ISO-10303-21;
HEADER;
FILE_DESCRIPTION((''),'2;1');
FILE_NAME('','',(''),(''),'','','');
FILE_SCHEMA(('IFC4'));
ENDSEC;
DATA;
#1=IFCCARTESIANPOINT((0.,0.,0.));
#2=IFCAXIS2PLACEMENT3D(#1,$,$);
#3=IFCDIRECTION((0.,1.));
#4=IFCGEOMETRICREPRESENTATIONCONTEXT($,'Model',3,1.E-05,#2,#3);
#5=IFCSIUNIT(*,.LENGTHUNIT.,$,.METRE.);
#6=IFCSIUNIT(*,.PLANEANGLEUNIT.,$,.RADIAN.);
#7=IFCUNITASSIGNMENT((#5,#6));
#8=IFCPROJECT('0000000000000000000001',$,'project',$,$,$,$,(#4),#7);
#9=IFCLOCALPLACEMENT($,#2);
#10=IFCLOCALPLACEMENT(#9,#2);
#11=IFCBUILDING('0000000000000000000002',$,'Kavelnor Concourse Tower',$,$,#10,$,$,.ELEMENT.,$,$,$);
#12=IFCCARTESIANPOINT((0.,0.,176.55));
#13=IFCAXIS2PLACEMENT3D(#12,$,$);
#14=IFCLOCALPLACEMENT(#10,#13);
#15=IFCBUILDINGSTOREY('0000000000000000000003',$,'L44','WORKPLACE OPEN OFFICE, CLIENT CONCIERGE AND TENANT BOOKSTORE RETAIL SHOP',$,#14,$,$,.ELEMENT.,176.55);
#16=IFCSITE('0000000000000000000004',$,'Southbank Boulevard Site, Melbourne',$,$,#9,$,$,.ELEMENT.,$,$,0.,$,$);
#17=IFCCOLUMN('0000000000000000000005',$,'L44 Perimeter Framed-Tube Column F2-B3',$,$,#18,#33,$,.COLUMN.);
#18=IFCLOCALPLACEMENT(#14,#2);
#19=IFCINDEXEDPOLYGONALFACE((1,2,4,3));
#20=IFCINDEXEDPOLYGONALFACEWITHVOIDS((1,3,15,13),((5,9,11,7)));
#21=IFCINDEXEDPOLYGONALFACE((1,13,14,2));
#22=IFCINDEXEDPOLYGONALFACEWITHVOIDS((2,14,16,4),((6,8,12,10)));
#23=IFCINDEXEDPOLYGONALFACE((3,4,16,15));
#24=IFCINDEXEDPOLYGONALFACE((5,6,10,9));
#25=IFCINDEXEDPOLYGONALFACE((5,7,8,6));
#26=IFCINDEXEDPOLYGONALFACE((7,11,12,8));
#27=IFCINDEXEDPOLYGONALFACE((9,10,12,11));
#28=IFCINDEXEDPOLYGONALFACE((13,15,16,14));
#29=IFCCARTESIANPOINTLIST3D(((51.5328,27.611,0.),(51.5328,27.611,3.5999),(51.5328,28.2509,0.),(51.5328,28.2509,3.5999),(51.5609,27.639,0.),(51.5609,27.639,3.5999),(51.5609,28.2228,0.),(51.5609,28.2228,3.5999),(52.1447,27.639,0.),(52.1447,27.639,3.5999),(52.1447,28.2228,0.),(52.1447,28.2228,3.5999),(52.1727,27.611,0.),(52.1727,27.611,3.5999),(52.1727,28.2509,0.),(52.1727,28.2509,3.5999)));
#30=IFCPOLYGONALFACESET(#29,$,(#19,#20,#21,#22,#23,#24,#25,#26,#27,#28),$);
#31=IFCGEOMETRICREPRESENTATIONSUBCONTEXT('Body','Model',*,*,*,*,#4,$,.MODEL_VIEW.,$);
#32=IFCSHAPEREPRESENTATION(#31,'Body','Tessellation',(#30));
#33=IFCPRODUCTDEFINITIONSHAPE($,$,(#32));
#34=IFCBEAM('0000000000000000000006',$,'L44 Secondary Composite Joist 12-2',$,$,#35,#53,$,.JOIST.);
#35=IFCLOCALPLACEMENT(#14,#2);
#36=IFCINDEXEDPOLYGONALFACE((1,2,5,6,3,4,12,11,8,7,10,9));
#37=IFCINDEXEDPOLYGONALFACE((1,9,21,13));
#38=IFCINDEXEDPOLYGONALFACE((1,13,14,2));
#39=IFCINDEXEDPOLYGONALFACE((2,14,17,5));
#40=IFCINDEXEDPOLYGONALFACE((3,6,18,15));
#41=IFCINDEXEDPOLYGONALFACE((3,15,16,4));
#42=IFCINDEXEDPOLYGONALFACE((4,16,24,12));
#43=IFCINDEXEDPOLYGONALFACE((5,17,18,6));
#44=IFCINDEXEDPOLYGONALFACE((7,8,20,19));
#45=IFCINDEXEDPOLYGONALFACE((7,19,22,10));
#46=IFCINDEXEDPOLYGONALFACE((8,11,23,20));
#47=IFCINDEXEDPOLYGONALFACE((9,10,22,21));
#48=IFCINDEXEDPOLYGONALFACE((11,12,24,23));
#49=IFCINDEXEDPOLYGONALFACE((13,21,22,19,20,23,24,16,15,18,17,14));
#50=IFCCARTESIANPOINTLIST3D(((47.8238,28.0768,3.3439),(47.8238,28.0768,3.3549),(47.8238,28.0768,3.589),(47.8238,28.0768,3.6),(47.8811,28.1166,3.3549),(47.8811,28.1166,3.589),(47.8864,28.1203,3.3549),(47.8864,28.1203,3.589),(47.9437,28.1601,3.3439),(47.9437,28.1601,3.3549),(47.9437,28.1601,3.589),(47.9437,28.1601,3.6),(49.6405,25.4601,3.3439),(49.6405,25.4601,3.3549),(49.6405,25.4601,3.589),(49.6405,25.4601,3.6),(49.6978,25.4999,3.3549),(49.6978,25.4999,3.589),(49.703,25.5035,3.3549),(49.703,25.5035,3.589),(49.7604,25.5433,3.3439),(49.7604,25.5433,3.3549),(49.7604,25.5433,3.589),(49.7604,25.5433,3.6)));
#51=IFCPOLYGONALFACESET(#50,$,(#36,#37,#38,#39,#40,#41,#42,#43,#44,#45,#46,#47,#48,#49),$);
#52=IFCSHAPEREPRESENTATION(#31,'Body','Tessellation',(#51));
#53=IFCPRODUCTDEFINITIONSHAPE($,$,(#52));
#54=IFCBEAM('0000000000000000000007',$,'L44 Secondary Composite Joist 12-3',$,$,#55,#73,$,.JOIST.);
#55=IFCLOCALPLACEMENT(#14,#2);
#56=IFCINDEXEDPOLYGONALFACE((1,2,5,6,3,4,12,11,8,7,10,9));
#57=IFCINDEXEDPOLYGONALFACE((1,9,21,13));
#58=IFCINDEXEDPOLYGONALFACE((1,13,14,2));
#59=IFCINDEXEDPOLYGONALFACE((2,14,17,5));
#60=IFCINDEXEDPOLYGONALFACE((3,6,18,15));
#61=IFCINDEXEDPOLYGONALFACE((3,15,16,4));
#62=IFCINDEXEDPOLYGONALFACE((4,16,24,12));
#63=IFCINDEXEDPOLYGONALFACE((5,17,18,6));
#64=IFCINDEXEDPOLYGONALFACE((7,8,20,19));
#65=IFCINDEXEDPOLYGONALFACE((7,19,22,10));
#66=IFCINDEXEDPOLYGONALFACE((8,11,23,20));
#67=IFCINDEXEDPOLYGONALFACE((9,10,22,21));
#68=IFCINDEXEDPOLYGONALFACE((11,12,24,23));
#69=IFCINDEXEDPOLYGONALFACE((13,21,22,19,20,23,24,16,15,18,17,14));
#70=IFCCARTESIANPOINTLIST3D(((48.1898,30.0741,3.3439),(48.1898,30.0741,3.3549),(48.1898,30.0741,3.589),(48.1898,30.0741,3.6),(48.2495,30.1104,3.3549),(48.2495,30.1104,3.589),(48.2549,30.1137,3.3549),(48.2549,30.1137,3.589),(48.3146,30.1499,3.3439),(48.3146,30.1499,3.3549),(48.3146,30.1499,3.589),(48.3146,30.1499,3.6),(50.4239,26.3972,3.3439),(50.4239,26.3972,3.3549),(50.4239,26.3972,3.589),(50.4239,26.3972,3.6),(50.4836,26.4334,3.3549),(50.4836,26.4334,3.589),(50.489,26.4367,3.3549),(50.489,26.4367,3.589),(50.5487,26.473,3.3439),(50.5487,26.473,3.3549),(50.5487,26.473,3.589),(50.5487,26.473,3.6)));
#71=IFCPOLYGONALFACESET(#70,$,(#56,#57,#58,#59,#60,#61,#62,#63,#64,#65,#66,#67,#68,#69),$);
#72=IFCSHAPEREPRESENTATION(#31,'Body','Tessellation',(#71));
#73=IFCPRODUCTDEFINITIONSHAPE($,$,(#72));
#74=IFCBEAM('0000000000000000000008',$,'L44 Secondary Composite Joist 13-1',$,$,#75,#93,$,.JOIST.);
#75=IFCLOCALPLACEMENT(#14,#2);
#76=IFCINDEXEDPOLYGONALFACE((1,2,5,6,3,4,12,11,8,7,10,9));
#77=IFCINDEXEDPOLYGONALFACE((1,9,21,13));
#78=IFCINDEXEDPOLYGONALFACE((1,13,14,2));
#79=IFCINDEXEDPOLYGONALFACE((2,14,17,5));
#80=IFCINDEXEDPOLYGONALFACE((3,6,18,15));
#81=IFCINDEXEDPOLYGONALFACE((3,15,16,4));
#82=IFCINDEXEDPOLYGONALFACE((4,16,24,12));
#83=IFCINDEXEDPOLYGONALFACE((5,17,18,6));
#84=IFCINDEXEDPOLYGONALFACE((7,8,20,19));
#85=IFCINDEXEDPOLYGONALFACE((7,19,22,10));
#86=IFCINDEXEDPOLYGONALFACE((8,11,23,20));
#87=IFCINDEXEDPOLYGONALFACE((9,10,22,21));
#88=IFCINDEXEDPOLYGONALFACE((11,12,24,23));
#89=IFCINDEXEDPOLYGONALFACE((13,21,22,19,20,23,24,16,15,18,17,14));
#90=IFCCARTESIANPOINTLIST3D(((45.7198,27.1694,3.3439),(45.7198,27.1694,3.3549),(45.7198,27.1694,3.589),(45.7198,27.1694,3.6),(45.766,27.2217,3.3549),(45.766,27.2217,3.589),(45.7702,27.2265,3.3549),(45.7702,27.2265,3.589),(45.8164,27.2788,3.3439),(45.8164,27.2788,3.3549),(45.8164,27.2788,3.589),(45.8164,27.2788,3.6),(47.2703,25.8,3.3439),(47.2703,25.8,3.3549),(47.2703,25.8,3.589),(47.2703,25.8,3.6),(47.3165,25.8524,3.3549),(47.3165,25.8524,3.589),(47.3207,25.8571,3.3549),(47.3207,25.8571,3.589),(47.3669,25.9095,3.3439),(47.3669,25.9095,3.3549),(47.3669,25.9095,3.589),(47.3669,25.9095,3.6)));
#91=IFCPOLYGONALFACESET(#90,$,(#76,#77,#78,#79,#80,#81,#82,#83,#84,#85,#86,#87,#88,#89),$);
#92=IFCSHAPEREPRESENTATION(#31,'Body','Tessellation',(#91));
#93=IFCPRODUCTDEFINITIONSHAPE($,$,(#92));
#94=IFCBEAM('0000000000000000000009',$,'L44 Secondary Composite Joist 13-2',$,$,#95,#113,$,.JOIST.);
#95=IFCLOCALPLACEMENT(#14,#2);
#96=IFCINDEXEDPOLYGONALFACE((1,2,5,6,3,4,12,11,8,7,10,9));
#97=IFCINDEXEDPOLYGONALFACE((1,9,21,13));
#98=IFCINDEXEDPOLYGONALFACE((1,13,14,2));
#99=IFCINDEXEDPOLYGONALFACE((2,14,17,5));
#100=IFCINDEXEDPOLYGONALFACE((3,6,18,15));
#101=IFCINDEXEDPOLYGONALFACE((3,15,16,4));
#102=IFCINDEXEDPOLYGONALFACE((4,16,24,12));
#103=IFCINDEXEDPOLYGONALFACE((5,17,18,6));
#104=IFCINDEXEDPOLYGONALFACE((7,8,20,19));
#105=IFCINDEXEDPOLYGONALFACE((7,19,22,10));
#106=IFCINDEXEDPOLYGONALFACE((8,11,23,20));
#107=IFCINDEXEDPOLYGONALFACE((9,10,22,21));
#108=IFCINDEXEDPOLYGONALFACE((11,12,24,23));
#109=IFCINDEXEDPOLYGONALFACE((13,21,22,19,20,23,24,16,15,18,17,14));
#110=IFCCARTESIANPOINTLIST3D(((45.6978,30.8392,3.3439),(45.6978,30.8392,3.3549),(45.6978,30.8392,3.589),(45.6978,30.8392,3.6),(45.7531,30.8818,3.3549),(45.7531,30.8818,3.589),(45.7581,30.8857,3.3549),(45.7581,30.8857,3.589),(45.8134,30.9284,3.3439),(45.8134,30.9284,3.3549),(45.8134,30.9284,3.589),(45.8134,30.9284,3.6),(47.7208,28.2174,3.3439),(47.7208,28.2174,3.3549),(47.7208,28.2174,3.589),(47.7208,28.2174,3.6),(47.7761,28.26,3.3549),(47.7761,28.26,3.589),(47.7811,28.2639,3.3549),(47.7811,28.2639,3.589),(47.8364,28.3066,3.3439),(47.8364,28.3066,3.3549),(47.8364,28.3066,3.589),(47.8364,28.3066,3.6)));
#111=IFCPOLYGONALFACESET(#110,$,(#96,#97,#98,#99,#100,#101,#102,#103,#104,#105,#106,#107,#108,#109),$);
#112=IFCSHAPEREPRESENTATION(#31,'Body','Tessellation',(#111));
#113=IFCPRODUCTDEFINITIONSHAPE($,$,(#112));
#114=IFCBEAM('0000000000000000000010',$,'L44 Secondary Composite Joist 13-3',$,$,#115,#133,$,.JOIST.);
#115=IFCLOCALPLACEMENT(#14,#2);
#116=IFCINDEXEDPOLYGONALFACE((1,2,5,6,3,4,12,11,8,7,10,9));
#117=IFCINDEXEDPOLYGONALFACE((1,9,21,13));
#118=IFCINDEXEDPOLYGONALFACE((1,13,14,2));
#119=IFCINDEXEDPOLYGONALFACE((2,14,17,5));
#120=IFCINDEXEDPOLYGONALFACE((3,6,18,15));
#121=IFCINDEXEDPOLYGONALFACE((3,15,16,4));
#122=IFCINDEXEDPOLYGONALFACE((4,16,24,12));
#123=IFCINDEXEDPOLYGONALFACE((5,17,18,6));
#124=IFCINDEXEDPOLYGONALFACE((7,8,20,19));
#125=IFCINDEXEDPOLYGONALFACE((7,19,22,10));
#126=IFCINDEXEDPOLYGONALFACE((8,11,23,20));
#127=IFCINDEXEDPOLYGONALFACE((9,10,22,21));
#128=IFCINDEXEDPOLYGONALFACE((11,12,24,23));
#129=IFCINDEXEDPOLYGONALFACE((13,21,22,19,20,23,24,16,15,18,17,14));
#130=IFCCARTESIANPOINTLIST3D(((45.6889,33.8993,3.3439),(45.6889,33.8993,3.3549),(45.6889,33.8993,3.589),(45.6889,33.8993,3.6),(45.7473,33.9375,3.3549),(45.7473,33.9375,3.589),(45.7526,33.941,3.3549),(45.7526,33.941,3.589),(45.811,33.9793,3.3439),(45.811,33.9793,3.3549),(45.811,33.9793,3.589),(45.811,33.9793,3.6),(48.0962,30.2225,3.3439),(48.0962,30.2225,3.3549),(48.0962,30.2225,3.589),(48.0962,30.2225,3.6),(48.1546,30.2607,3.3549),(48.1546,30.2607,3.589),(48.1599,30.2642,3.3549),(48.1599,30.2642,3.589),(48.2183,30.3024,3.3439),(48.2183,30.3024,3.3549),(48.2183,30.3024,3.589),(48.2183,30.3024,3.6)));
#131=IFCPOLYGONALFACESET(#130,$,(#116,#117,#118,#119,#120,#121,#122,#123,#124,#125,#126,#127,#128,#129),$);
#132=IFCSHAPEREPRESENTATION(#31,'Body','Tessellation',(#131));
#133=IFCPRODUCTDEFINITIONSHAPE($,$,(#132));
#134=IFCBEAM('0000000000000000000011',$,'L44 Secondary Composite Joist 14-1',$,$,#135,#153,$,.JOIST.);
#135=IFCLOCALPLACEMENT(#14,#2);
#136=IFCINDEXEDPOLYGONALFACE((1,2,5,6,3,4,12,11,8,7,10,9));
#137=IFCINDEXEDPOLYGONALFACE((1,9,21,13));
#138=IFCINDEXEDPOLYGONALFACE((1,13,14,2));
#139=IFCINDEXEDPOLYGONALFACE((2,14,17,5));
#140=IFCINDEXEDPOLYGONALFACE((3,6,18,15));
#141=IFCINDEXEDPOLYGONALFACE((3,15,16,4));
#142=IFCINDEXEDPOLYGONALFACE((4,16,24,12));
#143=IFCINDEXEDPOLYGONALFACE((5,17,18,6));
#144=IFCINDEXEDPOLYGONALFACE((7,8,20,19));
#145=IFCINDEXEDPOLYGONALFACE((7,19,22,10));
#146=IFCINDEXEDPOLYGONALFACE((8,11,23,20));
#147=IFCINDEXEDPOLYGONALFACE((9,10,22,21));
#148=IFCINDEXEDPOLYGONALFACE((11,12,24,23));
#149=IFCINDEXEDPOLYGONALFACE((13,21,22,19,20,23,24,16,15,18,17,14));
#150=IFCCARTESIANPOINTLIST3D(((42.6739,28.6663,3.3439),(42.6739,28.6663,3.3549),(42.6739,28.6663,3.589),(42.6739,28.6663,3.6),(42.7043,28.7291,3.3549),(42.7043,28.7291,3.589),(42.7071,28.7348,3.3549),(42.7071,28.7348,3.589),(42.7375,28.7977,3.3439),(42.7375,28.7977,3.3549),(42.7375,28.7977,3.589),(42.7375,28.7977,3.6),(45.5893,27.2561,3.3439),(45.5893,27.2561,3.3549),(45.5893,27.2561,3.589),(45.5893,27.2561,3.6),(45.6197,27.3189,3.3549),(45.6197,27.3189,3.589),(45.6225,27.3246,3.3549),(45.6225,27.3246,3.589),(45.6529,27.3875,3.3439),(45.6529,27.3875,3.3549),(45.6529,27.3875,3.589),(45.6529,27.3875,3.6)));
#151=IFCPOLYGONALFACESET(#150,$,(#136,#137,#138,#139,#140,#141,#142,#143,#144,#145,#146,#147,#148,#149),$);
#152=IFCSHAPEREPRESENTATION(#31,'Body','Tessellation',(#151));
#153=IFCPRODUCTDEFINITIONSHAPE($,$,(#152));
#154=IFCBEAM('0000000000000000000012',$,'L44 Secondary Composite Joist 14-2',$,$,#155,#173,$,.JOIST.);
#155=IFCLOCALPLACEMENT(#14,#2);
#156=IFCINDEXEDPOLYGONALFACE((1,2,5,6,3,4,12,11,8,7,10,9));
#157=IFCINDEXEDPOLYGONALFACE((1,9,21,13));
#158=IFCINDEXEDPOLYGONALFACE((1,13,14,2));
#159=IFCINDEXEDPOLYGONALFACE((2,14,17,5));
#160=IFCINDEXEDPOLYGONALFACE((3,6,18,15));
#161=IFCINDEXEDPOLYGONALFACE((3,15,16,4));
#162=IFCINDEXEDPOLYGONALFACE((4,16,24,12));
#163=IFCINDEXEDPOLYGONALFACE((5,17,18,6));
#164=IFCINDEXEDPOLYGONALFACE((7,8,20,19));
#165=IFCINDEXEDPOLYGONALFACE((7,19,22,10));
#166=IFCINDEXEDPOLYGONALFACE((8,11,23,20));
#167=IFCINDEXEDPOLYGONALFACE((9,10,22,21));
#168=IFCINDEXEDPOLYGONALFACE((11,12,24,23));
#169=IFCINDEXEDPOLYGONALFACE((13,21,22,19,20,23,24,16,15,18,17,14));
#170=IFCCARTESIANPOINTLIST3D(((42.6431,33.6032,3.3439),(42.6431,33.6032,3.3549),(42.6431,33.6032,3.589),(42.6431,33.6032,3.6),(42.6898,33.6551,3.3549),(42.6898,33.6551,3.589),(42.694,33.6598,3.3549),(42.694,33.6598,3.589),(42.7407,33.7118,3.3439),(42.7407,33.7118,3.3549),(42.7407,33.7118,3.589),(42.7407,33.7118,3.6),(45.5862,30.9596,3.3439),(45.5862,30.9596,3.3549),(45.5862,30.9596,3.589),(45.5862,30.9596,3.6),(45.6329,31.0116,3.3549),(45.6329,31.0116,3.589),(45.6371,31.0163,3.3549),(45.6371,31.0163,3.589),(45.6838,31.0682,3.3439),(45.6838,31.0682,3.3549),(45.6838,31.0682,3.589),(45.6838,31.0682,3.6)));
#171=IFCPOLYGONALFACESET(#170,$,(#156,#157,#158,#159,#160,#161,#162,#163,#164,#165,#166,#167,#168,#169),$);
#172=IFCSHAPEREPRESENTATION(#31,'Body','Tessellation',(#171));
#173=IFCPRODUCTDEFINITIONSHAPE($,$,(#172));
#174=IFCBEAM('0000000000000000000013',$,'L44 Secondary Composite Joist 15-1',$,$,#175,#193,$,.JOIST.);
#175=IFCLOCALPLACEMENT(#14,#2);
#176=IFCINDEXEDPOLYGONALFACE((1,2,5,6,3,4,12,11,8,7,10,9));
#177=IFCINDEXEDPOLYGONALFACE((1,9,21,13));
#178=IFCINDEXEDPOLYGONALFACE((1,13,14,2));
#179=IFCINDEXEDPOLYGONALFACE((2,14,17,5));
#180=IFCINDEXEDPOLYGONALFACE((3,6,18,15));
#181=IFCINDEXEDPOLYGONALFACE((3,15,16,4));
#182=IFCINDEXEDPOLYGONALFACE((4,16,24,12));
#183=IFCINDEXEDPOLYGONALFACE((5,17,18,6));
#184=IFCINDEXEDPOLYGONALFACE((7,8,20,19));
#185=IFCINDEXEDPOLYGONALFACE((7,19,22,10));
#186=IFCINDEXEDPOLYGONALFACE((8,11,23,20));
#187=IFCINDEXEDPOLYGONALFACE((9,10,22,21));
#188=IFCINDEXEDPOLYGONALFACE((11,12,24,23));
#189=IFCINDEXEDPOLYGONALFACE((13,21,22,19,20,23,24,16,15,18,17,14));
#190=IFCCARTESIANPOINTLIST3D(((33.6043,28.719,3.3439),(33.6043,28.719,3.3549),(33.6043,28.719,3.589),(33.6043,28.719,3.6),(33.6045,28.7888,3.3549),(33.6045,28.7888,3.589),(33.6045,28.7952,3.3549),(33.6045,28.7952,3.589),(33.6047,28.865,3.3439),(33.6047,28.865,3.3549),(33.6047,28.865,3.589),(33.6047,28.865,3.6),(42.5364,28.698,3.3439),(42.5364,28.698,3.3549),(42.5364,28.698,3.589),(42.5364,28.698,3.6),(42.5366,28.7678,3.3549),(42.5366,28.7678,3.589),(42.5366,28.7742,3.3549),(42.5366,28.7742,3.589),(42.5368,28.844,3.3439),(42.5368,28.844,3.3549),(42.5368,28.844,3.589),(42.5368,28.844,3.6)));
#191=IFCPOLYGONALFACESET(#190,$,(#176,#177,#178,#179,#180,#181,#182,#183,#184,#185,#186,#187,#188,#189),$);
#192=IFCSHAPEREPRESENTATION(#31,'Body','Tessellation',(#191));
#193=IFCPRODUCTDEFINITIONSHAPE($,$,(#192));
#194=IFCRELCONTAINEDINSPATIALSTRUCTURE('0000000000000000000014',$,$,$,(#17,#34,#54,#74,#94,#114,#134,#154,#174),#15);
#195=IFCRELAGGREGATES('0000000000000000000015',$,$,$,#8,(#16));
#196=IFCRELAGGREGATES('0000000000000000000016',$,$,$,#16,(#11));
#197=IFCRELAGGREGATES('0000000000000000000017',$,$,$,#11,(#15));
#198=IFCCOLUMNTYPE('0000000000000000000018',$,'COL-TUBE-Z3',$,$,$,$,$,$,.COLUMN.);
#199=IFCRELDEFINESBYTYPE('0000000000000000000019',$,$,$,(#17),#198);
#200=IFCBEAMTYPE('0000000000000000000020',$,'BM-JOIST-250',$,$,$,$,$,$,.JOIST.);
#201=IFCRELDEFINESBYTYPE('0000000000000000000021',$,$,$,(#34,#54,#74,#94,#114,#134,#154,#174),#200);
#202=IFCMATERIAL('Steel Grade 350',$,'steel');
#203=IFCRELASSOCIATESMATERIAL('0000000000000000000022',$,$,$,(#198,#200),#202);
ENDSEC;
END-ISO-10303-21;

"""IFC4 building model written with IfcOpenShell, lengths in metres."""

from ifc_helpers import new_model, si_unit, direction, frame, origin, origin_2d, place, context, subcontext, project, spatial, hollow_rectangle, i_section, extrude, material, material_profile, profile_set, type_object, element, save


model = new_model("IFC4")

# Units and contexts
model_context = context("Model", 3, precision=1e-05, world=origin(), true_north=direction((0.0, 1.0)))
body_context = subcontext(model_context, "Body", "Model", "MODEL_VIEW")
ifc_project = project(units=[si_unit("LENGTHUNIT", "METRE"), si_unit("PLANEANGLEUNIT", "RADIAN")], contexts=[model_context])

# Site, building, storey
site_placement = place(None, origin())
site = spatial("IfcSite", under=ifc_project, at=site_placement, Name="Southbank Boulevard Site, Melbourne", CompositionType="ELEMENT", RefElevation=0.0)
building_placement = place(site_placement, origin())
building = spatial("IfcBuilding", under=site, at=building_placement, Name="Kavelnor Concourse Tower", CompositionType="ELEMENT")
storey_placement = place(building_placement, frame((0.0, 0.0, 176.55)))
storey = spatial("IfcBuildingStorey", under=building, at=storey_placement, Name="L44", Description="WORKPLACE OPEN OFFICE, CLIENT CONCIERGE AND TENANT BOOKSTORE RETAIL SHOP", CompositionType="ELEMENT", Elevation=176.55)

# Column
ifc_material_1 = material(Name="Steel Grade 350", Category="steel")
ifc_material_profile_1 = material_profile(ifc_material_1, hollow_rectangle(XDim=0.6399, YDim=0.6399, WallThickness=0.0281, at=origin_2d()), Name="SHS 640x640x28")
ifc_profile_set_1 = profile_set([ifc_material_profile_1], Name="Steel Grade 350")
column_type = type_object("IfcColumnType", Name="COL-TUBE-Z3", PredefinedType="COLUMN", material=ifc_profile_set_1)
column_placement = place(storey_placement, frame((51.8528, 27.9309, 0.0), z_axis=(0.0, 0.0, 1.0), x_axis=(1.0, 0.0, 0.0)))
element("IfcColumn", 1, at=column_placement, inside=storey, type_object=column_type, Name="L44 Perimeter Framed-Tube Column F2-B3", PredefinedType="COLUMN", context=body_context, shape_type="SweptSolid", body=[
    extrude(hollow_rectangle(XDim=0.6399, YDim=0.6399, WallThickness=0.0281, at=origin_2d()), origin(), (0.0, 0.0, 1.0), 3.5999),
])

# Beams
ifc_material_profile_2 = material_profile(ifc_material_1, i_section(OverallWidth=0.146, OverallDepth=0.2561, WebThickness=0.0063, FlangeThickness=0.011, at=origin_2d()), Name="250UB37")
ifc_profile_set_2 = profile_set([ifc_material_profile_2], Name="Steel Grade 350")
beam_type_1 = type_object("IfcBeamType", Name="BM-JOIST-250", PredefinedType="JOIST", material=ifc_profile_set_2)
beam_1_placement = place(storey_placement, frame((49.7004, 25.5017, 3.4719), z_axis=(-0.57029, 0.821444, 0.0), x_axis=(-0.821444, -0.57029, 0.0)))
element("IfcBeam", 2, at=beam_1_placement, inside=storey, type_object=beam_type_1, Name="L44 Secondary Composite Joist 12-2", PredefinedType="JOIST", context=body_context, shape_type="SweptSolid", body=[
    extrude(i_section(OverallWidth=0.146, OverallDepth=0.2561, WebThickness=0.0063, FlangeThickness=0.011, at=origin_2d()), origin(), (0.0, 0.0, 1.0), 3.1855),
])
beam_2_placement = place(storey_placement, frame((50.4863, 26.4351, 3.4719), z_axis=(-0.519261, 0.854616, 0.0), x_axis=(-0.854616, -0.519261, 0.0)))
element("IfcBeam", 3, at=beam_2_placement, inside=storey, type_object=beam_type_1, Name="L44 Secondary Composite Joist 12-3", PredefinedType="JOIST", context=body_context, shape_type="SweptSolid", body=[
    extrude(i_section(OverallWidth=0.146, OverallDepth=0.2561, WebThickness=0.0063, FlangeThickness=0.011, at=origin_2d()), origin(), (0.0, 0.0, 1.0), 4.3025),
])
beam_3_placement = place(storey_placement, frame((47.3186, 25.8547, 3.4719), z_axis=(-0.749535, 0.661965, 0.0), x_axis=(-0.661965, -0.749535, 0.0)))
element("IfcBeam", 4, at=beam_3_placement, inside=storey, type_object=beam_type_1, Name="L44 Secondary Composite Joist 13-1", PredefinedType="JOIST", context=body_context, shape_type="SweptSolid", body=[
    extrude(i_section(OverallWidth=0.146, OverallDepth=0.2561, WebThickness=0.0063, FlangeThickness=0.011, at=origin_2d()), origin(), (0.0, 0.0, 1.0), 2.0686),
])
beam_4_placement = place(storey_placement, frame((47.7786, 28.262, 3.4719), z_axis=(-0.610879, 0.791724, 0.0), x_axis=(-0.791724, -0.610879, 0.0)))
element("IfcBeam", 5, at=beam_4_placement, inside=storey, type_object=beam_type_1, Name="L44 Secondary Composite Joist 13-2", PredefinedType="JOIST", context=body_context, shape_type="SweptSolid", body=[
    extrude(i_section(OverallWidth=0.146, OverallDepth=0.2561, WebThickness=0.0063, FlangeThickness=0.011, at=origin_2d()), origin(), (0.0, 0.0, 1.0), 3.3115),
])
beam_5_placement = place(storey_placement, frame((48.1572, 30.2625, 3.4719), z_axis=(-0.547758, 0.836637, 0.0), x_axis=(-0.836637, -0.547758, 0.0)))
element("IfcBeam", 6, at=beam_5_placement, inside=storey, type_object=beam_type_1, Name="L44 Secondary Composite Joist 13-3", PredefinedType="JOIST", context=body_context, shape_type="SweptSolid", body=[
    extrude(i_section(OverallWidth=0.146, OverallDepth=0.2561, WebThickness=0.0063, FlangeThickness=0.011, at=origin_2d()), origin(), (0.0, 0.0, 1.0), 4.3948),
])
beam_6_placement = place(storey_placement, frame((45.6211, 27.3218, 3.4719), z_axis=(-0.900215, 0.435445, 0.0), x_axis=(-0.435445, -0.900215, 0.0)))
element("IfcBeam", 7, at=beam_6_placement, inside=storey, type_object=beam_type_1, Name="L44 Secondary Composite Joist 14-1", PredefinedType="JOIST", context=body_context, shape_type="SweptSolid", body=[
    extrude(i_section(OverallWidth=0.146, OverallDepth=0.2561, WebThickness=0.0063, FlangeThickness=0.011, at=origin_2d()), origin(), (0.0, 0.0, 1.0), 3.2385),
])
beam_7_placement = place(storey_placement, frame((45.635, 31.0139, 3.4719), z_axis=(-0.743954, 0.668231, 0.0), x_axis=(-0.668231, -0.743954, 0.0)))
element("IfcBeam", 8, at=beam_7_placement, inside=storey, type_object=beam_type_1, Name="L44 Secondary Composite Joist 14-2", PredefinedType="JOIST", context=body_context, shape_type="SweptSolid", body=[
    extrude(i_section(OverallWidth=0.146, OverallDepth=0.2561, WebThickness=0.0063, FlangeThickness=0.011, at=origin_2d()), origin(), (0.0, 0.0, 1.0), 3.9561),
])
beam_8_placement = place(storey_placement, frame((42.5366, 28.771, 3.4719), z_axis=(-0.999997, 0.002351, 0.0), x_axis=(-0.002351, -0.999997, 0.0)))
element("IfcBeam", 9, at=beam_8_placement, inside=storey, type_object=beam_type_1, Name="L44 Secondary Composite Joist 15-1", PredefinedType="JOIST", context=body_context, shape_type="SweptSolid", body=[
    extrude(i_section(OverallWidth=0.146, OverallDepth=0.2561, WebThickness=0.0063, FlangeThickness=0.011, at=origin_2d()), origin(), (0.0, 0.0, 1.0), 8.9321),
])

save(model, "model.ifc")
